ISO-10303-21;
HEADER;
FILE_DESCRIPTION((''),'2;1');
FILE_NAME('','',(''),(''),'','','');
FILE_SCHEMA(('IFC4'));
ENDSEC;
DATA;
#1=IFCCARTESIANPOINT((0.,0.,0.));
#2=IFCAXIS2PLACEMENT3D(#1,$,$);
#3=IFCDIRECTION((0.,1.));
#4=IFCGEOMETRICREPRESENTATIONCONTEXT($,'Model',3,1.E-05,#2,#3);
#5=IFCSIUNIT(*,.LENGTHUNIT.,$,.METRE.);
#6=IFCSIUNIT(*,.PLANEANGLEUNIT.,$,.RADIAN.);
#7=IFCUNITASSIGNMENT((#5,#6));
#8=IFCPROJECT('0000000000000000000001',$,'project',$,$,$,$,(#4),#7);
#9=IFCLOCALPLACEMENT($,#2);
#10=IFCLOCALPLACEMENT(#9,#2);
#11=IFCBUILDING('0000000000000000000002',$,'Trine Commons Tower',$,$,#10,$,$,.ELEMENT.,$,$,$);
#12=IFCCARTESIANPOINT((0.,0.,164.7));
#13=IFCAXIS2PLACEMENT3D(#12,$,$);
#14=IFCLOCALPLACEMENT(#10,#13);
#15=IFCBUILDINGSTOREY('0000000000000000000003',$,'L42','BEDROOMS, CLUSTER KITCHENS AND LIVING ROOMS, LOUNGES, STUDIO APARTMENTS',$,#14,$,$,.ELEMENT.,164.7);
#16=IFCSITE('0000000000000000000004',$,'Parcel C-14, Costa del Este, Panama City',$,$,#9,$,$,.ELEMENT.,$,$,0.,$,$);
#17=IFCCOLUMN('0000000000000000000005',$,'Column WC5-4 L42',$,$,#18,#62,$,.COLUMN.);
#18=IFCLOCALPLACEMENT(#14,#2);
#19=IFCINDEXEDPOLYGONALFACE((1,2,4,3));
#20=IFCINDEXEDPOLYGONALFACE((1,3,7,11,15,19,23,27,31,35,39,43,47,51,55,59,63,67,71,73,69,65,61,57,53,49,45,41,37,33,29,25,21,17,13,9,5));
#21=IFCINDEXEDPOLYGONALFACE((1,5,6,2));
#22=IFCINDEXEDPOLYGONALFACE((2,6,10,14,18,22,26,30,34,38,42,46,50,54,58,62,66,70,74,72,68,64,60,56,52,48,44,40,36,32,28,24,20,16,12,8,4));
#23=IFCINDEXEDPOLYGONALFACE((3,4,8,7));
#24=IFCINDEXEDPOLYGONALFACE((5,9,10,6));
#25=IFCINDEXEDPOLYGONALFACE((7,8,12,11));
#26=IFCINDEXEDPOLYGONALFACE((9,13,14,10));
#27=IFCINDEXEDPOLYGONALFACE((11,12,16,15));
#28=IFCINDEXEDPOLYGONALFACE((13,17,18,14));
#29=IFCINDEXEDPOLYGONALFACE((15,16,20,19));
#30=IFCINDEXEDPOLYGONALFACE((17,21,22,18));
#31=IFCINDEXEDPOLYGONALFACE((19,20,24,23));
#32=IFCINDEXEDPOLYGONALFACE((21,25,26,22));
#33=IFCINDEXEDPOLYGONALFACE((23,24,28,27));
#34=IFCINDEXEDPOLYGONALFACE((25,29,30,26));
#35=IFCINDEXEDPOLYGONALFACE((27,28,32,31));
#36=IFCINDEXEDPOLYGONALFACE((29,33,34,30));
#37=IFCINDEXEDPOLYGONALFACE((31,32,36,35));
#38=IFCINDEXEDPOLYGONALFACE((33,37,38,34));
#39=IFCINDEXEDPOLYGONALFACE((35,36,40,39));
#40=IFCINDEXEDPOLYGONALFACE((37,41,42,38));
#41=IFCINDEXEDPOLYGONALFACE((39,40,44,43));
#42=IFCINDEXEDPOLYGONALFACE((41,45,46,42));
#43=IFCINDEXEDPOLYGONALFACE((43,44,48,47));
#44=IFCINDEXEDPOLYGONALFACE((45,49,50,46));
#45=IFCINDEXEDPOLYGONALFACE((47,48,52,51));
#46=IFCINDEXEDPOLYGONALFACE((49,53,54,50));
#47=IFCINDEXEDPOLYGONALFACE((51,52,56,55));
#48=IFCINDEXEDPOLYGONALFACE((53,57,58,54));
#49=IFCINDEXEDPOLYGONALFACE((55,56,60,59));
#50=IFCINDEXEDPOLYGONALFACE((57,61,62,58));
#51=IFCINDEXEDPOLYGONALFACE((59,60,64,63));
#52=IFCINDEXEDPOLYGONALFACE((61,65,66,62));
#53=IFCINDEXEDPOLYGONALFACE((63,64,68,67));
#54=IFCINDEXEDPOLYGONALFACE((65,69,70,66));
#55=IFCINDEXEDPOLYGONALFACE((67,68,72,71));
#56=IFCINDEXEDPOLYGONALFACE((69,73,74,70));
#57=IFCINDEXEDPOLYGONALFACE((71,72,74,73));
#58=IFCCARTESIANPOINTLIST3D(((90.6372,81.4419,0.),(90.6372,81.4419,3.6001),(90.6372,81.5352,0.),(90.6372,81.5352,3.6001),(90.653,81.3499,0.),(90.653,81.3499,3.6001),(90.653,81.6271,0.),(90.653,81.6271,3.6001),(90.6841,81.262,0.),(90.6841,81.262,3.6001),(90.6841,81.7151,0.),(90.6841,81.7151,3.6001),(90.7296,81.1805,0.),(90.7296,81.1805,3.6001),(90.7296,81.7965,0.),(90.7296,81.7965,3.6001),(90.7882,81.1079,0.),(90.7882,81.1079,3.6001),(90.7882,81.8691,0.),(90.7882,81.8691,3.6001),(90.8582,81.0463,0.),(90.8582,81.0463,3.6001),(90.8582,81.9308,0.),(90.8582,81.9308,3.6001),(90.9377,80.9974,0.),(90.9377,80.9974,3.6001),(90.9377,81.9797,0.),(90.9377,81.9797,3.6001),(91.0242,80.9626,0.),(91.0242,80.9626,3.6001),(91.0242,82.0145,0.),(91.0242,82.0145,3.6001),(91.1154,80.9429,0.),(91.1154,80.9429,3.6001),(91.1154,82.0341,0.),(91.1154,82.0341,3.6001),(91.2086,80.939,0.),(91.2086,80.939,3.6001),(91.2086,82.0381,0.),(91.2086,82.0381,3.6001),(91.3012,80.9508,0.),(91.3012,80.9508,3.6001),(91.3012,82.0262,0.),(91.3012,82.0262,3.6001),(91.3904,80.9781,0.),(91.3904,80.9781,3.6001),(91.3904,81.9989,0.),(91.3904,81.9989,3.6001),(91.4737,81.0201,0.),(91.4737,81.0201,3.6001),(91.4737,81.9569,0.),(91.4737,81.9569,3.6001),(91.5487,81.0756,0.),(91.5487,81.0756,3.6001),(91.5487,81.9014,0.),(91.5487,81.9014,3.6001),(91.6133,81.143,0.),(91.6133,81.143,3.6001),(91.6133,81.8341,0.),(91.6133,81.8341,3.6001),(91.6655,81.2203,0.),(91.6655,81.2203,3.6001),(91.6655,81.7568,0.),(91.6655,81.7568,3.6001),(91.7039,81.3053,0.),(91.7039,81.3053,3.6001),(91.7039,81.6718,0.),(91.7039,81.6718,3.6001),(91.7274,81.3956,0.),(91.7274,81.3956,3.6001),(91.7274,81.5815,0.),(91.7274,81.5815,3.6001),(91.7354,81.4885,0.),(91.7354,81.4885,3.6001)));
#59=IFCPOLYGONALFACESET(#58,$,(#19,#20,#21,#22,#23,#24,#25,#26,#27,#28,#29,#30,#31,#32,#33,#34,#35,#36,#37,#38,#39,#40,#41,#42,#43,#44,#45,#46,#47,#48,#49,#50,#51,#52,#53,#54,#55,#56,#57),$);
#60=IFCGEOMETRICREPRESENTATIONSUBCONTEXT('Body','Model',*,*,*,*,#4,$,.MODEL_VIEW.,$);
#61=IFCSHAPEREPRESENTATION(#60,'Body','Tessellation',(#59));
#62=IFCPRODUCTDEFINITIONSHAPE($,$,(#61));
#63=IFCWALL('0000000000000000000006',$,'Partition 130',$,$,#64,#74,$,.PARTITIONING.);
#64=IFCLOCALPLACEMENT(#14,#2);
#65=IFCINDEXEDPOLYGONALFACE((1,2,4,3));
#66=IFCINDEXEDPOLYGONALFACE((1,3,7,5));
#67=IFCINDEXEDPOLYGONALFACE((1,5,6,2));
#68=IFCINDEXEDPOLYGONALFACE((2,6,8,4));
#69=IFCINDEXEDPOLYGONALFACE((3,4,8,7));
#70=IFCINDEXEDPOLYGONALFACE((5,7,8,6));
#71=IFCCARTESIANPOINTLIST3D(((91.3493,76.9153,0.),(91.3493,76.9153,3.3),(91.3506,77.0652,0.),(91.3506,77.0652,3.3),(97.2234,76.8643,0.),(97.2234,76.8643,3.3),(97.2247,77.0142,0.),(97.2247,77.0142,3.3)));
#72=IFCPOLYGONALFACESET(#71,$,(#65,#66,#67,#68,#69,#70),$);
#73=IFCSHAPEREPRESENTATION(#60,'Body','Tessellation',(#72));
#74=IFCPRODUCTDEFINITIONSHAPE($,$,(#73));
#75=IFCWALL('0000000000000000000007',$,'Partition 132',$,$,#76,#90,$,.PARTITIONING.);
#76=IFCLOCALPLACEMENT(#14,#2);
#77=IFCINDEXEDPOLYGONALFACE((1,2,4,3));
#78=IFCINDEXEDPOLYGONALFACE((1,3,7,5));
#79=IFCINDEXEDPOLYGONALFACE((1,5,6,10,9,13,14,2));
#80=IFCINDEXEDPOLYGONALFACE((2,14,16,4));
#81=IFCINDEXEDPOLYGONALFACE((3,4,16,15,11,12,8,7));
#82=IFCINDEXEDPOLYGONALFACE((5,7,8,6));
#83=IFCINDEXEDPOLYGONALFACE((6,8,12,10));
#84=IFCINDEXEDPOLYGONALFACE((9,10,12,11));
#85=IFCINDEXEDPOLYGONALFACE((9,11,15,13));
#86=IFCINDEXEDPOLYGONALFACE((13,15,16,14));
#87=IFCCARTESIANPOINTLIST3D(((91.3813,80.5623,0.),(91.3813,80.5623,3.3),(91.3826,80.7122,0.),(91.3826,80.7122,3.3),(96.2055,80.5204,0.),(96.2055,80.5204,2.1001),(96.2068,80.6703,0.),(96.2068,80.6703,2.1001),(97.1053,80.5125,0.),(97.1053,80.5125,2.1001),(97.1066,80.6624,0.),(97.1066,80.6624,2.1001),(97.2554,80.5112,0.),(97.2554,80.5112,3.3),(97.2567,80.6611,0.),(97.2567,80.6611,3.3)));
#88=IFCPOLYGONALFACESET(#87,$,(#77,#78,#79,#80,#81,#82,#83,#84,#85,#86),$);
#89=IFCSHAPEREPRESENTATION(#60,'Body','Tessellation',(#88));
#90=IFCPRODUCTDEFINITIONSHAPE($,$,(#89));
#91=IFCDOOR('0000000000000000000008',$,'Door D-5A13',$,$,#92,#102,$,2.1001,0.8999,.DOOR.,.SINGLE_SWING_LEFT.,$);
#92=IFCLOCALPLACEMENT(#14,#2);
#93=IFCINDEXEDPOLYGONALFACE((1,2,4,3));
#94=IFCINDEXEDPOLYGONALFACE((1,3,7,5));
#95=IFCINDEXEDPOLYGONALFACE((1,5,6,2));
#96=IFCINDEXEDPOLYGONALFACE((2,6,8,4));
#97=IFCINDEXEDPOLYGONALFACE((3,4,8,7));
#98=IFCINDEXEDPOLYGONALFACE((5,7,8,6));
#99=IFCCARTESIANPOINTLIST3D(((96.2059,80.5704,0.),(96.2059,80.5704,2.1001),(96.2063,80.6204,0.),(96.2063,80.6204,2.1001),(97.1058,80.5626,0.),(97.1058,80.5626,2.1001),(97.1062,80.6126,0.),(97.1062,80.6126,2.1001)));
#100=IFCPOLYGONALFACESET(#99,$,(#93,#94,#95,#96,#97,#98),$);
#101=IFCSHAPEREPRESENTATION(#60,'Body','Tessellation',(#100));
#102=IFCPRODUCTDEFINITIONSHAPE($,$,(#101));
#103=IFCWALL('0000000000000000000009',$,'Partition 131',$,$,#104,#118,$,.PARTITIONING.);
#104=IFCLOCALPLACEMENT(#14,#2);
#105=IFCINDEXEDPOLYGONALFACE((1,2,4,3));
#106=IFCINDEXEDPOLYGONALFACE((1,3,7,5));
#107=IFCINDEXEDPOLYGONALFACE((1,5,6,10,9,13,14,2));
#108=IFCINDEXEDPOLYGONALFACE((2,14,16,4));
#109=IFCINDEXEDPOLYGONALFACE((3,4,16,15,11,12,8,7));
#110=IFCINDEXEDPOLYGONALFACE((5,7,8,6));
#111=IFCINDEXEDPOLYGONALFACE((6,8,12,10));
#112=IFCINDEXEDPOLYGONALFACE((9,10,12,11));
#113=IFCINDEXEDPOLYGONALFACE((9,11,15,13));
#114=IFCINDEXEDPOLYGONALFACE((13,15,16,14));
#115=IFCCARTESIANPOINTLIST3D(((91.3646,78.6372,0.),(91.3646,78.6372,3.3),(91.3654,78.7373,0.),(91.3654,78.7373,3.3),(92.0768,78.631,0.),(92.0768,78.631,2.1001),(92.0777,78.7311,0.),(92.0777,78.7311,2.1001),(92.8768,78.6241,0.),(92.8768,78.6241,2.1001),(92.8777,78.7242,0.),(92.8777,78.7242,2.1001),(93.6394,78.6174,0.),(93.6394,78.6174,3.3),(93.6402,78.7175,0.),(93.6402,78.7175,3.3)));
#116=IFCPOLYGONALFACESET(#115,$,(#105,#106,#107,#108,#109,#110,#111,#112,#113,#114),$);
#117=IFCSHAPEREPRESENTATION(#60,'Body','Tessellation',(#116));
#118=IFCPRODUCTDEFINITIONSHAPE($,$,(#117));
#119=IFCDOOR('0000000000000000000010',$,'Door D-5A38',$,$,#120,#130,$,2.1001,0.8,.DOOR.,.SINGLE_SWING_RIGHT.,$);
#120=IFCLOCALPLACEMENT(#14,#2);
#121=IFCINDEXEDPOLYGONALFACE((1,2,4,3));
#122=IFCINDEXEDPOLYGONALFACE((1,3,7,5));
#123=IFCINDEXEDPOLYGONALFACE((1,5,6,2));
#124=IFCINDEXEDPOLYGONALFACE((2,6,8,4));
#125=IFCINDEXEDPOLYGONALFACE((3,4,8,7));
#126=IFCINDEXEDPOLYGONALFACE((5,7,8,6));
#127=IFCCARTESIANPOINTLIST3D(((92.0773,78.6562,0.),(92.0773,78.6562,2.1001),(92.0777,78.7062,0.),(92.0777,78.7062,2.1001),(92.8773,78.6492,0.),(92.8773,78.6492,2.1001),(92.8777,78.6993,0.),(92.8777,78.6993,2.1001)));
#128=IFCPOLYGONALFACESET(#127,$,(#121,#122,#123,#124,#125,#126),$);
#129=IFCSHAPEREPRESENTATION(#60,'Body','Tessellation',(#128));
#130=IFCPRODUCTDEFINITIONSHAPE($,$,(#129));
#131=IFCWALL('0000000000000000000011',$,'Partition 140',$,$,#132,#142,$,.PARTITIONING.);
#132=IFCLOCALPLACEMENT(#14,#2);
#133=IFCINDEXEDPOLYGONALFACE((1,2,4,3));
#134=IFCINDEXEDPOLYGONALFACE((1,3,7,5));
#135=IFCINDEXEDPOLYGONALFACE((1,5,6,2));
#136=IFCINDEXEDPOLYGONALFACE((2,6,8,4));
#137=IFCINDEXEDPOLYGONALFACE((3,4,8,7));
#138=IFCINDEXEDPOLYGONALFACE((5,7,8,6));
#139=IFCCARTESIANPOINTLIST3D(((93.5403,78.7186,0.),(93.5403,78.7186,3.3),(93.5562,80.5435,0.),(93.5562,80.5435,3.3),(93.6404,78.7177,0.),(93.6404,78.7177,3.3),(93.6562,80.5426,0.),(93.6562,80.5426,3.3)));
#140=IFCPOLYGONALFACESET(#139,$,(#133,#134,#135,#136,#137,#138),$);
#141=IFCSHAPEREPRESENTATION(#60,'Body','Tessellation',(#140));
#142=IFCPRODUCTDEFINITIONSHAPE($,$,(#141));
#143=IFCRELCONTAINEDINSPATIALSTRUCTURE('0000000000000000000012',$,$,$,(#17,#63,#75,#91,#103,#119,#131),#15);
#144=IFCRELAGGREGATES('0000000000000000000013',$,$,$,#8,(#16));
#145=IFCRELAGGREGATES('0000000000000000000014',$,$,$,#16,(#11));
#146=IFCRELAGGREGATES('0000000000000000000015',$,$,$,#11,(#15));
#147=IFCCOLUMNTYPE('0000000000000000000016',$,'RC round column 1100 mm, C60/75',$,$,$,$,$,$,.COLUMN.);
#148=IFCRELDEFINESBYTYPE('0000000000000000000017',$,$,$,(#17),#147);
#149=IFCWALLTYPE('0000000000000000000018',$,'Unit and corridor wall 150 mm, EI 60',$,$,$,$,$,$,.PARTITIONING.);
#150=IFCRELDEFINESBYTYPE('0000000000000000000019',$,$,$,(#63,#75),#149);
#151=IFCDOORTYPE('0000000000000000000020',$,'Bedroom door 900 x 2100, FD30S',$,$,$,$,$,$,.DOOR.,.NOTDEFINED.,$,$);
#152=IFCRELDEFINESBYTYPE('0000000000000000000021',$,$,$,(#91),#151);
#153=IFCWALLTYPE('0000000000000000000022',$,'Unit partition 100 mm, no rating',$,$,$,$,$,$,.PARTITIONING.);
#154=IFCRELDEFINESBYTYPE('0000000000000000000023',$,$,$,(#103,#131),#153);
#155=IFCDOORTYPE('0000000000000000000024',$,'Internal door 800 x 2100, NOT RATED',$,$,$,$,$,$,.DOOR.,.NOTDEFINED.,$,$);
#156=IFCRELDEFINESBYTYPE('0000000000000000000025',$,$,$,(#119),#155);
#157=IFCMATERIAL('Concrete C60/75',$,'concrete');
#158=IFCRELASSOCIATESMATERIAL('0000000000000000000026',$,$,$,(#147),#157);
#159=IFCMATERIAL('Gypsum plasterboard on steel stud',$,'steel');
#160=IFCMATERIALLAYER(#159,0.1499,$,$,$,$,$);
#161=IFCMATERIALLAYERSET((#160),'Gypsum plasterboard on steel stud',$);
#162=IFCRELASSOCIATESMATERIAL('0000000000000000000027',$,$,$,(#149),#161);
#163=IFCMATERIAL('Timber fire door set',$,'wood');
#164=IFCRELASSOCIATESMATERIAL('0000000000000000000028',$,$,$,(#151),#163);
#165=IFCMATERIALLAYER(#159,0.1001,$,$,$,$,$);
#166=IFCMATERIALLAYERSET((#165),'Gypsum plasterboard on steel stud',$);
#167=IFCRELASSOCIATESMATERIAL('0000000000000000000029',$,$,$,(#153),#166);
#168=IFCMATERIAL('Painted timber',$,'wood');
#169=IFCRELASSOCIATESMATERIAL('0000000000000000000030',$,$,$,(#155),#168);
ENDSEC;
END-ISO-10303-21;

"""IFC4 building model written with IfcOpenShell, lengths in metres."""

from ifc_helpers import new_model, si_unit, direction, frame, frame_2d, origin, origin_2d, place, context, subcontext, project, spatial, rectangle, circle, extrude, material, layer, layer_set, material_profile, profile_set, type_object, element, fill, save


model = new_model("IFC4")

# Units and contexts
model_context = context("Model", 3, precision=1e-05, world=origin(), true_north=direction((0.0, 1.0)))
body_context = subcontext(model_context, "Body", "Model", "MODEL_VIEW")
ifc_project = project(units=[si_unit("LENGTHUNIT", "METRE"), si_unit("PLANEANGLEUNIT", "RADIAN")], contexts=[model_context])

# Site, building, storey
site_placement = place(None, origin())
site = spatial("IfcSite", under=ifc_project, at=site_placement, Name="Parcel C-14, Costa del Este, Panama City", CompositionType="ELEMENT", RefElevation=0.0)
building_placement = place(site_placement, origin())
building = spatial("IfcBuilding", under=site, at=building_placement, Name="Trine Commons Tower", CompositionType="ELEMENT")
storey_placement = place(building_placement, frame((0.0, 0.0, 164.7)))
storey = spatial("IfcBuildingStorey", under=building, at=storey_placement, Name="L42", Description="BEDROOMS, CLUSTER KITCHENS AND LIVING ROOMS, LOUNGES, STUDIO APARTMENTS", CompositionType="ELEMENT", Elevation=164.7)

# Column
ifc_material_1 = material(Name="Concrete C60/75", Category="concrete")
ifc_material_profile = material_profile(ifc_material_1, circle(Radius=0.55, at=origin_2d()), Name="RC round 1100")
ifc_profile_set = profile_set([ifc_material_profile], Name="Concrete C60/75")
column_type = type_object("IfcColumnType", Name="RC round column 1100 mm, C60/75", PredefinedType="COLUMN", material=ifc_profile_set)
column_placement = place(storey_placement, frame((91.1853, 81.4885, 0.0), z_axis=(0.0, 0.0, 1.0), x_axis=(1.0, 0.0, 0.0)))
element("IfcColumn", 1, at=column_placement, inside=storey, type_object=column_type, Name="Column WC5-4 L42", PredefinedType="COLUMN", context=body_context, shape_type="SweptSolid", body=[
    extrude(circle(Radius=0.55, at=origin_2d()), origin(), (0.0, 0.0, 1.0), 3.6001),
])

# Wall
ifc_material_2 = material(Name="Gypsum plasterboard on steel stud", Category="steel")
ifc_layer_1 = layer(ifc_material_2, 0.1499)
ifc_layer_set_1 = layer_set([ifc_layer_1], Name="Gypsum plasterboard on steel stud")
wall_type_1 = type_object("IfcWallType", Name="Unit and corridor wall 150 mm, EI 60", PredefinedType="PARTITIONING", material=ifc_layer_set_1)
wall_1_placement = place(storey_placement, frame((91.3501, 76.9902, 0.0), z_axis=(0.0, 0.0, 1.0), x_axis=(0.999962, -0.008686, 0.0)))
element("IfcWall", 2, at=wall_1_placement, inside=storey, type_object=wall_type_1, Name="Partition 130", PredefinedType="PARTITIONING", context=body_context, shape_type="SweptSolid", body=[
    extrude(rectangle(XDim=5.8743, YDim=0.1499, at=frame_2d((2.937, 0.0))), origin(), (0.0, 0.0, 1.0), 3.3),
])

# Walls, openings, doors
wall_2_placement = place(storey_placement, frame((91.3821, 80.6372, 0.0), z_axis=(0.0, 0.0, 1.0), x_axis=(0.999962, -0.008686, 0.0)))
wall_2 = element("IfcWall", 3, at=wall_2_placement, inside=storey, type_object=wall_type_1, Name="Partition 132", PredefinedType="PARTITIONING", context=body_context, shape_type="SweptSolid", body=[
    extrude(rectangle(XDim=5.8743, YDim=0.1499, at=frame_2d((2.937, 0.0))), origin(), (0.0, 0.0, 1.0), 3.3),
])
opening_1_placement = place(wall_2_placement, frame((4.8242, 0.0, 0.0)))
opening_1 = element("IfcOpeningElement", 4, at=opening_1_placement, cuts=wall_2, PredefinedType="OPENING", context=body_context, shape_type="SweptSolid", body=[
    extrude(rectangle(XDim=0.8999, YDim=2.1001, at=frame_2d((0.45, 1.05))), frame((0.0, 0.085, 0.0), z_axis=(0.0, -1.0, 0.0), x_axis=(1.0, 0.0, 0.0)), (0.0, 0.0, 1.0), 0.1699),
])
ifc_material_3 = material(Name="Timber fire door set", Category="wood")
door_type_1 = type_object("IfcDoorType", Name="Bedroom door 900 x 2100, FD30S", OperationType="NOTDEFINED", PredefinedType="DOOR", material=ifc_material_3)
door_1_placement = place(opening_1_placement, frame((0.8999, 0.0, 0.0), z_axis=(0.0, 0.0, 1.0), x_axis=(-1.0, 0.0, 0.0)))
door_1 = element("IfcDoor", 5, at=door_1_placement, inside=storey, type_object=door_type_1, Name="Door D-5A13", OperationType="SINGLE_SWING_LEFT", OverallHeight=2.1001, OverallWidth=0.8999, PredefinedType="DOOR", context=body_context, shape_type="SweptSolid", body=[
    extrude(rectangle(XDim=0.8999, YDim=2.1001, at=frame_2d((0.45, 1.05))), frame((0.0, 0.0249, 0.0), z_axis=(0.0, -1.0, 0.0), x_axis=(1.0, 0.0, 0.0)), (0.0, 0.0, 1.0), 0.05),
])
fill(opening_1, door_1)
ifc_layer_2 = layer(ifc_material_2, 0.1001)
ifc_layer_set_2 = layer_set([ifc_layer_2], Name="Gypsum plasterboard on steel stud")
wall_type_2 = type_object("IfcWallType", Name="Unit partition 100 mm, no rating", PredefinedType="PARTITIONING", material=ifc_layer_set_2)
wall_3_placement = place(storey_placement, frame((91.365, 78.6873, 0.0), z_axis=(0.0, 0.0, 1.0), x_axis=(0.999962, -0.008693, 0.0)))
wall_3 = element("IfcWall", 6, at=wall_3_placement, inside=storey, type_object=wall_type_2, Name="Partition 131", PredefinedType="PARTITIONING", context=body_context, shape_type="SweptSolid", body=[
    extrude(rectangle(XDim=2.2749, YDim=0.1001, at=frame_2d((1.1375, 0.0))), origin(), (0.0, 0.0, 1.0), 3.3),
])
opening_2_placement = place(wall_3_placement, frame((0.7124, 0.0, 0.0)))
opening_2 = element("IfcOpeningElement", 7, at=opening_2_placement, cuts=wall_3, PredefinedType="OPENING", context=body_context, shape_type="SweptSolid", body=[
    extrude(rectangle(XDim=0.8, YDim=2.1001, at=frame_2d((0.3999, 1.05))), frame((0.0, 0.0601, 0.0), z_axis=(0.0, -1.0, 0.0), x_axis=(1.0, 0.0, 0.0)), (0.0, 0.0, 1.0), 0.1201),
])
ifc_material_4 = material(Name="Painted timber", Category="wood")
door_type_2 = type_object("IfcDoorType", Name="Internal door 800 x 2100, NOT RATED", OperationType="NOTDEFINED", PredefinedType="DOOR", material=ifc_material_4)
door_2_placement = place(opening_2_placement, frame((0.8, 0.0, 0.0), z_axis=(0.0, 0.0, 1.0), x_axis=(-1.0, 0.0, 0.0)))
door_2 = element("IfcDoor", 8, at=door_2_placement, inside=storey, type_object=door_type_2, Name="Door D-5A38", OperationType="SINGLE_SWING_RIGHT", OverallHeight=2.1001, OverallWidth=0.8, PredefinedType="DOOR", context=body_context, shape_type="SweptSolid", body=[
    extrude(rectangle(XDim=0.8, YDim=2.1001, at=frame_2d((0.3999, 1.05))), frame((0.0, 0.0249, 0.0), z_axis=(0.0, -1.0, 0.0), x_axis=(1.0, 0.0, 0.0)), (0.0, 0.0, 1.0), 0.05),
])
fill(opening_2, door_2)

# Wall
wall_4_placement = place(storey_placement, frame((93.5903, 78.718, 0.0), z_axis=(0.0, 0.0, 1.0), x_axis=(0.008695, 0.999962, 0.0)))
element("IfcWall", 9, at=wall_4_placement, inside=storey, type_object=wall_type_2, Name="Partition 140", PredefinedType="PARTITIONING", context=body_context, shape_type="SweptSolid", body=[
    extrude(rectangle(XDim=1.825, YDim=0.1001, at=frame_2d((0.9126, 0.0))), origin(), (0.0, 0.0, 1.0), 3.3),
])

save(model, "model.ifc")
